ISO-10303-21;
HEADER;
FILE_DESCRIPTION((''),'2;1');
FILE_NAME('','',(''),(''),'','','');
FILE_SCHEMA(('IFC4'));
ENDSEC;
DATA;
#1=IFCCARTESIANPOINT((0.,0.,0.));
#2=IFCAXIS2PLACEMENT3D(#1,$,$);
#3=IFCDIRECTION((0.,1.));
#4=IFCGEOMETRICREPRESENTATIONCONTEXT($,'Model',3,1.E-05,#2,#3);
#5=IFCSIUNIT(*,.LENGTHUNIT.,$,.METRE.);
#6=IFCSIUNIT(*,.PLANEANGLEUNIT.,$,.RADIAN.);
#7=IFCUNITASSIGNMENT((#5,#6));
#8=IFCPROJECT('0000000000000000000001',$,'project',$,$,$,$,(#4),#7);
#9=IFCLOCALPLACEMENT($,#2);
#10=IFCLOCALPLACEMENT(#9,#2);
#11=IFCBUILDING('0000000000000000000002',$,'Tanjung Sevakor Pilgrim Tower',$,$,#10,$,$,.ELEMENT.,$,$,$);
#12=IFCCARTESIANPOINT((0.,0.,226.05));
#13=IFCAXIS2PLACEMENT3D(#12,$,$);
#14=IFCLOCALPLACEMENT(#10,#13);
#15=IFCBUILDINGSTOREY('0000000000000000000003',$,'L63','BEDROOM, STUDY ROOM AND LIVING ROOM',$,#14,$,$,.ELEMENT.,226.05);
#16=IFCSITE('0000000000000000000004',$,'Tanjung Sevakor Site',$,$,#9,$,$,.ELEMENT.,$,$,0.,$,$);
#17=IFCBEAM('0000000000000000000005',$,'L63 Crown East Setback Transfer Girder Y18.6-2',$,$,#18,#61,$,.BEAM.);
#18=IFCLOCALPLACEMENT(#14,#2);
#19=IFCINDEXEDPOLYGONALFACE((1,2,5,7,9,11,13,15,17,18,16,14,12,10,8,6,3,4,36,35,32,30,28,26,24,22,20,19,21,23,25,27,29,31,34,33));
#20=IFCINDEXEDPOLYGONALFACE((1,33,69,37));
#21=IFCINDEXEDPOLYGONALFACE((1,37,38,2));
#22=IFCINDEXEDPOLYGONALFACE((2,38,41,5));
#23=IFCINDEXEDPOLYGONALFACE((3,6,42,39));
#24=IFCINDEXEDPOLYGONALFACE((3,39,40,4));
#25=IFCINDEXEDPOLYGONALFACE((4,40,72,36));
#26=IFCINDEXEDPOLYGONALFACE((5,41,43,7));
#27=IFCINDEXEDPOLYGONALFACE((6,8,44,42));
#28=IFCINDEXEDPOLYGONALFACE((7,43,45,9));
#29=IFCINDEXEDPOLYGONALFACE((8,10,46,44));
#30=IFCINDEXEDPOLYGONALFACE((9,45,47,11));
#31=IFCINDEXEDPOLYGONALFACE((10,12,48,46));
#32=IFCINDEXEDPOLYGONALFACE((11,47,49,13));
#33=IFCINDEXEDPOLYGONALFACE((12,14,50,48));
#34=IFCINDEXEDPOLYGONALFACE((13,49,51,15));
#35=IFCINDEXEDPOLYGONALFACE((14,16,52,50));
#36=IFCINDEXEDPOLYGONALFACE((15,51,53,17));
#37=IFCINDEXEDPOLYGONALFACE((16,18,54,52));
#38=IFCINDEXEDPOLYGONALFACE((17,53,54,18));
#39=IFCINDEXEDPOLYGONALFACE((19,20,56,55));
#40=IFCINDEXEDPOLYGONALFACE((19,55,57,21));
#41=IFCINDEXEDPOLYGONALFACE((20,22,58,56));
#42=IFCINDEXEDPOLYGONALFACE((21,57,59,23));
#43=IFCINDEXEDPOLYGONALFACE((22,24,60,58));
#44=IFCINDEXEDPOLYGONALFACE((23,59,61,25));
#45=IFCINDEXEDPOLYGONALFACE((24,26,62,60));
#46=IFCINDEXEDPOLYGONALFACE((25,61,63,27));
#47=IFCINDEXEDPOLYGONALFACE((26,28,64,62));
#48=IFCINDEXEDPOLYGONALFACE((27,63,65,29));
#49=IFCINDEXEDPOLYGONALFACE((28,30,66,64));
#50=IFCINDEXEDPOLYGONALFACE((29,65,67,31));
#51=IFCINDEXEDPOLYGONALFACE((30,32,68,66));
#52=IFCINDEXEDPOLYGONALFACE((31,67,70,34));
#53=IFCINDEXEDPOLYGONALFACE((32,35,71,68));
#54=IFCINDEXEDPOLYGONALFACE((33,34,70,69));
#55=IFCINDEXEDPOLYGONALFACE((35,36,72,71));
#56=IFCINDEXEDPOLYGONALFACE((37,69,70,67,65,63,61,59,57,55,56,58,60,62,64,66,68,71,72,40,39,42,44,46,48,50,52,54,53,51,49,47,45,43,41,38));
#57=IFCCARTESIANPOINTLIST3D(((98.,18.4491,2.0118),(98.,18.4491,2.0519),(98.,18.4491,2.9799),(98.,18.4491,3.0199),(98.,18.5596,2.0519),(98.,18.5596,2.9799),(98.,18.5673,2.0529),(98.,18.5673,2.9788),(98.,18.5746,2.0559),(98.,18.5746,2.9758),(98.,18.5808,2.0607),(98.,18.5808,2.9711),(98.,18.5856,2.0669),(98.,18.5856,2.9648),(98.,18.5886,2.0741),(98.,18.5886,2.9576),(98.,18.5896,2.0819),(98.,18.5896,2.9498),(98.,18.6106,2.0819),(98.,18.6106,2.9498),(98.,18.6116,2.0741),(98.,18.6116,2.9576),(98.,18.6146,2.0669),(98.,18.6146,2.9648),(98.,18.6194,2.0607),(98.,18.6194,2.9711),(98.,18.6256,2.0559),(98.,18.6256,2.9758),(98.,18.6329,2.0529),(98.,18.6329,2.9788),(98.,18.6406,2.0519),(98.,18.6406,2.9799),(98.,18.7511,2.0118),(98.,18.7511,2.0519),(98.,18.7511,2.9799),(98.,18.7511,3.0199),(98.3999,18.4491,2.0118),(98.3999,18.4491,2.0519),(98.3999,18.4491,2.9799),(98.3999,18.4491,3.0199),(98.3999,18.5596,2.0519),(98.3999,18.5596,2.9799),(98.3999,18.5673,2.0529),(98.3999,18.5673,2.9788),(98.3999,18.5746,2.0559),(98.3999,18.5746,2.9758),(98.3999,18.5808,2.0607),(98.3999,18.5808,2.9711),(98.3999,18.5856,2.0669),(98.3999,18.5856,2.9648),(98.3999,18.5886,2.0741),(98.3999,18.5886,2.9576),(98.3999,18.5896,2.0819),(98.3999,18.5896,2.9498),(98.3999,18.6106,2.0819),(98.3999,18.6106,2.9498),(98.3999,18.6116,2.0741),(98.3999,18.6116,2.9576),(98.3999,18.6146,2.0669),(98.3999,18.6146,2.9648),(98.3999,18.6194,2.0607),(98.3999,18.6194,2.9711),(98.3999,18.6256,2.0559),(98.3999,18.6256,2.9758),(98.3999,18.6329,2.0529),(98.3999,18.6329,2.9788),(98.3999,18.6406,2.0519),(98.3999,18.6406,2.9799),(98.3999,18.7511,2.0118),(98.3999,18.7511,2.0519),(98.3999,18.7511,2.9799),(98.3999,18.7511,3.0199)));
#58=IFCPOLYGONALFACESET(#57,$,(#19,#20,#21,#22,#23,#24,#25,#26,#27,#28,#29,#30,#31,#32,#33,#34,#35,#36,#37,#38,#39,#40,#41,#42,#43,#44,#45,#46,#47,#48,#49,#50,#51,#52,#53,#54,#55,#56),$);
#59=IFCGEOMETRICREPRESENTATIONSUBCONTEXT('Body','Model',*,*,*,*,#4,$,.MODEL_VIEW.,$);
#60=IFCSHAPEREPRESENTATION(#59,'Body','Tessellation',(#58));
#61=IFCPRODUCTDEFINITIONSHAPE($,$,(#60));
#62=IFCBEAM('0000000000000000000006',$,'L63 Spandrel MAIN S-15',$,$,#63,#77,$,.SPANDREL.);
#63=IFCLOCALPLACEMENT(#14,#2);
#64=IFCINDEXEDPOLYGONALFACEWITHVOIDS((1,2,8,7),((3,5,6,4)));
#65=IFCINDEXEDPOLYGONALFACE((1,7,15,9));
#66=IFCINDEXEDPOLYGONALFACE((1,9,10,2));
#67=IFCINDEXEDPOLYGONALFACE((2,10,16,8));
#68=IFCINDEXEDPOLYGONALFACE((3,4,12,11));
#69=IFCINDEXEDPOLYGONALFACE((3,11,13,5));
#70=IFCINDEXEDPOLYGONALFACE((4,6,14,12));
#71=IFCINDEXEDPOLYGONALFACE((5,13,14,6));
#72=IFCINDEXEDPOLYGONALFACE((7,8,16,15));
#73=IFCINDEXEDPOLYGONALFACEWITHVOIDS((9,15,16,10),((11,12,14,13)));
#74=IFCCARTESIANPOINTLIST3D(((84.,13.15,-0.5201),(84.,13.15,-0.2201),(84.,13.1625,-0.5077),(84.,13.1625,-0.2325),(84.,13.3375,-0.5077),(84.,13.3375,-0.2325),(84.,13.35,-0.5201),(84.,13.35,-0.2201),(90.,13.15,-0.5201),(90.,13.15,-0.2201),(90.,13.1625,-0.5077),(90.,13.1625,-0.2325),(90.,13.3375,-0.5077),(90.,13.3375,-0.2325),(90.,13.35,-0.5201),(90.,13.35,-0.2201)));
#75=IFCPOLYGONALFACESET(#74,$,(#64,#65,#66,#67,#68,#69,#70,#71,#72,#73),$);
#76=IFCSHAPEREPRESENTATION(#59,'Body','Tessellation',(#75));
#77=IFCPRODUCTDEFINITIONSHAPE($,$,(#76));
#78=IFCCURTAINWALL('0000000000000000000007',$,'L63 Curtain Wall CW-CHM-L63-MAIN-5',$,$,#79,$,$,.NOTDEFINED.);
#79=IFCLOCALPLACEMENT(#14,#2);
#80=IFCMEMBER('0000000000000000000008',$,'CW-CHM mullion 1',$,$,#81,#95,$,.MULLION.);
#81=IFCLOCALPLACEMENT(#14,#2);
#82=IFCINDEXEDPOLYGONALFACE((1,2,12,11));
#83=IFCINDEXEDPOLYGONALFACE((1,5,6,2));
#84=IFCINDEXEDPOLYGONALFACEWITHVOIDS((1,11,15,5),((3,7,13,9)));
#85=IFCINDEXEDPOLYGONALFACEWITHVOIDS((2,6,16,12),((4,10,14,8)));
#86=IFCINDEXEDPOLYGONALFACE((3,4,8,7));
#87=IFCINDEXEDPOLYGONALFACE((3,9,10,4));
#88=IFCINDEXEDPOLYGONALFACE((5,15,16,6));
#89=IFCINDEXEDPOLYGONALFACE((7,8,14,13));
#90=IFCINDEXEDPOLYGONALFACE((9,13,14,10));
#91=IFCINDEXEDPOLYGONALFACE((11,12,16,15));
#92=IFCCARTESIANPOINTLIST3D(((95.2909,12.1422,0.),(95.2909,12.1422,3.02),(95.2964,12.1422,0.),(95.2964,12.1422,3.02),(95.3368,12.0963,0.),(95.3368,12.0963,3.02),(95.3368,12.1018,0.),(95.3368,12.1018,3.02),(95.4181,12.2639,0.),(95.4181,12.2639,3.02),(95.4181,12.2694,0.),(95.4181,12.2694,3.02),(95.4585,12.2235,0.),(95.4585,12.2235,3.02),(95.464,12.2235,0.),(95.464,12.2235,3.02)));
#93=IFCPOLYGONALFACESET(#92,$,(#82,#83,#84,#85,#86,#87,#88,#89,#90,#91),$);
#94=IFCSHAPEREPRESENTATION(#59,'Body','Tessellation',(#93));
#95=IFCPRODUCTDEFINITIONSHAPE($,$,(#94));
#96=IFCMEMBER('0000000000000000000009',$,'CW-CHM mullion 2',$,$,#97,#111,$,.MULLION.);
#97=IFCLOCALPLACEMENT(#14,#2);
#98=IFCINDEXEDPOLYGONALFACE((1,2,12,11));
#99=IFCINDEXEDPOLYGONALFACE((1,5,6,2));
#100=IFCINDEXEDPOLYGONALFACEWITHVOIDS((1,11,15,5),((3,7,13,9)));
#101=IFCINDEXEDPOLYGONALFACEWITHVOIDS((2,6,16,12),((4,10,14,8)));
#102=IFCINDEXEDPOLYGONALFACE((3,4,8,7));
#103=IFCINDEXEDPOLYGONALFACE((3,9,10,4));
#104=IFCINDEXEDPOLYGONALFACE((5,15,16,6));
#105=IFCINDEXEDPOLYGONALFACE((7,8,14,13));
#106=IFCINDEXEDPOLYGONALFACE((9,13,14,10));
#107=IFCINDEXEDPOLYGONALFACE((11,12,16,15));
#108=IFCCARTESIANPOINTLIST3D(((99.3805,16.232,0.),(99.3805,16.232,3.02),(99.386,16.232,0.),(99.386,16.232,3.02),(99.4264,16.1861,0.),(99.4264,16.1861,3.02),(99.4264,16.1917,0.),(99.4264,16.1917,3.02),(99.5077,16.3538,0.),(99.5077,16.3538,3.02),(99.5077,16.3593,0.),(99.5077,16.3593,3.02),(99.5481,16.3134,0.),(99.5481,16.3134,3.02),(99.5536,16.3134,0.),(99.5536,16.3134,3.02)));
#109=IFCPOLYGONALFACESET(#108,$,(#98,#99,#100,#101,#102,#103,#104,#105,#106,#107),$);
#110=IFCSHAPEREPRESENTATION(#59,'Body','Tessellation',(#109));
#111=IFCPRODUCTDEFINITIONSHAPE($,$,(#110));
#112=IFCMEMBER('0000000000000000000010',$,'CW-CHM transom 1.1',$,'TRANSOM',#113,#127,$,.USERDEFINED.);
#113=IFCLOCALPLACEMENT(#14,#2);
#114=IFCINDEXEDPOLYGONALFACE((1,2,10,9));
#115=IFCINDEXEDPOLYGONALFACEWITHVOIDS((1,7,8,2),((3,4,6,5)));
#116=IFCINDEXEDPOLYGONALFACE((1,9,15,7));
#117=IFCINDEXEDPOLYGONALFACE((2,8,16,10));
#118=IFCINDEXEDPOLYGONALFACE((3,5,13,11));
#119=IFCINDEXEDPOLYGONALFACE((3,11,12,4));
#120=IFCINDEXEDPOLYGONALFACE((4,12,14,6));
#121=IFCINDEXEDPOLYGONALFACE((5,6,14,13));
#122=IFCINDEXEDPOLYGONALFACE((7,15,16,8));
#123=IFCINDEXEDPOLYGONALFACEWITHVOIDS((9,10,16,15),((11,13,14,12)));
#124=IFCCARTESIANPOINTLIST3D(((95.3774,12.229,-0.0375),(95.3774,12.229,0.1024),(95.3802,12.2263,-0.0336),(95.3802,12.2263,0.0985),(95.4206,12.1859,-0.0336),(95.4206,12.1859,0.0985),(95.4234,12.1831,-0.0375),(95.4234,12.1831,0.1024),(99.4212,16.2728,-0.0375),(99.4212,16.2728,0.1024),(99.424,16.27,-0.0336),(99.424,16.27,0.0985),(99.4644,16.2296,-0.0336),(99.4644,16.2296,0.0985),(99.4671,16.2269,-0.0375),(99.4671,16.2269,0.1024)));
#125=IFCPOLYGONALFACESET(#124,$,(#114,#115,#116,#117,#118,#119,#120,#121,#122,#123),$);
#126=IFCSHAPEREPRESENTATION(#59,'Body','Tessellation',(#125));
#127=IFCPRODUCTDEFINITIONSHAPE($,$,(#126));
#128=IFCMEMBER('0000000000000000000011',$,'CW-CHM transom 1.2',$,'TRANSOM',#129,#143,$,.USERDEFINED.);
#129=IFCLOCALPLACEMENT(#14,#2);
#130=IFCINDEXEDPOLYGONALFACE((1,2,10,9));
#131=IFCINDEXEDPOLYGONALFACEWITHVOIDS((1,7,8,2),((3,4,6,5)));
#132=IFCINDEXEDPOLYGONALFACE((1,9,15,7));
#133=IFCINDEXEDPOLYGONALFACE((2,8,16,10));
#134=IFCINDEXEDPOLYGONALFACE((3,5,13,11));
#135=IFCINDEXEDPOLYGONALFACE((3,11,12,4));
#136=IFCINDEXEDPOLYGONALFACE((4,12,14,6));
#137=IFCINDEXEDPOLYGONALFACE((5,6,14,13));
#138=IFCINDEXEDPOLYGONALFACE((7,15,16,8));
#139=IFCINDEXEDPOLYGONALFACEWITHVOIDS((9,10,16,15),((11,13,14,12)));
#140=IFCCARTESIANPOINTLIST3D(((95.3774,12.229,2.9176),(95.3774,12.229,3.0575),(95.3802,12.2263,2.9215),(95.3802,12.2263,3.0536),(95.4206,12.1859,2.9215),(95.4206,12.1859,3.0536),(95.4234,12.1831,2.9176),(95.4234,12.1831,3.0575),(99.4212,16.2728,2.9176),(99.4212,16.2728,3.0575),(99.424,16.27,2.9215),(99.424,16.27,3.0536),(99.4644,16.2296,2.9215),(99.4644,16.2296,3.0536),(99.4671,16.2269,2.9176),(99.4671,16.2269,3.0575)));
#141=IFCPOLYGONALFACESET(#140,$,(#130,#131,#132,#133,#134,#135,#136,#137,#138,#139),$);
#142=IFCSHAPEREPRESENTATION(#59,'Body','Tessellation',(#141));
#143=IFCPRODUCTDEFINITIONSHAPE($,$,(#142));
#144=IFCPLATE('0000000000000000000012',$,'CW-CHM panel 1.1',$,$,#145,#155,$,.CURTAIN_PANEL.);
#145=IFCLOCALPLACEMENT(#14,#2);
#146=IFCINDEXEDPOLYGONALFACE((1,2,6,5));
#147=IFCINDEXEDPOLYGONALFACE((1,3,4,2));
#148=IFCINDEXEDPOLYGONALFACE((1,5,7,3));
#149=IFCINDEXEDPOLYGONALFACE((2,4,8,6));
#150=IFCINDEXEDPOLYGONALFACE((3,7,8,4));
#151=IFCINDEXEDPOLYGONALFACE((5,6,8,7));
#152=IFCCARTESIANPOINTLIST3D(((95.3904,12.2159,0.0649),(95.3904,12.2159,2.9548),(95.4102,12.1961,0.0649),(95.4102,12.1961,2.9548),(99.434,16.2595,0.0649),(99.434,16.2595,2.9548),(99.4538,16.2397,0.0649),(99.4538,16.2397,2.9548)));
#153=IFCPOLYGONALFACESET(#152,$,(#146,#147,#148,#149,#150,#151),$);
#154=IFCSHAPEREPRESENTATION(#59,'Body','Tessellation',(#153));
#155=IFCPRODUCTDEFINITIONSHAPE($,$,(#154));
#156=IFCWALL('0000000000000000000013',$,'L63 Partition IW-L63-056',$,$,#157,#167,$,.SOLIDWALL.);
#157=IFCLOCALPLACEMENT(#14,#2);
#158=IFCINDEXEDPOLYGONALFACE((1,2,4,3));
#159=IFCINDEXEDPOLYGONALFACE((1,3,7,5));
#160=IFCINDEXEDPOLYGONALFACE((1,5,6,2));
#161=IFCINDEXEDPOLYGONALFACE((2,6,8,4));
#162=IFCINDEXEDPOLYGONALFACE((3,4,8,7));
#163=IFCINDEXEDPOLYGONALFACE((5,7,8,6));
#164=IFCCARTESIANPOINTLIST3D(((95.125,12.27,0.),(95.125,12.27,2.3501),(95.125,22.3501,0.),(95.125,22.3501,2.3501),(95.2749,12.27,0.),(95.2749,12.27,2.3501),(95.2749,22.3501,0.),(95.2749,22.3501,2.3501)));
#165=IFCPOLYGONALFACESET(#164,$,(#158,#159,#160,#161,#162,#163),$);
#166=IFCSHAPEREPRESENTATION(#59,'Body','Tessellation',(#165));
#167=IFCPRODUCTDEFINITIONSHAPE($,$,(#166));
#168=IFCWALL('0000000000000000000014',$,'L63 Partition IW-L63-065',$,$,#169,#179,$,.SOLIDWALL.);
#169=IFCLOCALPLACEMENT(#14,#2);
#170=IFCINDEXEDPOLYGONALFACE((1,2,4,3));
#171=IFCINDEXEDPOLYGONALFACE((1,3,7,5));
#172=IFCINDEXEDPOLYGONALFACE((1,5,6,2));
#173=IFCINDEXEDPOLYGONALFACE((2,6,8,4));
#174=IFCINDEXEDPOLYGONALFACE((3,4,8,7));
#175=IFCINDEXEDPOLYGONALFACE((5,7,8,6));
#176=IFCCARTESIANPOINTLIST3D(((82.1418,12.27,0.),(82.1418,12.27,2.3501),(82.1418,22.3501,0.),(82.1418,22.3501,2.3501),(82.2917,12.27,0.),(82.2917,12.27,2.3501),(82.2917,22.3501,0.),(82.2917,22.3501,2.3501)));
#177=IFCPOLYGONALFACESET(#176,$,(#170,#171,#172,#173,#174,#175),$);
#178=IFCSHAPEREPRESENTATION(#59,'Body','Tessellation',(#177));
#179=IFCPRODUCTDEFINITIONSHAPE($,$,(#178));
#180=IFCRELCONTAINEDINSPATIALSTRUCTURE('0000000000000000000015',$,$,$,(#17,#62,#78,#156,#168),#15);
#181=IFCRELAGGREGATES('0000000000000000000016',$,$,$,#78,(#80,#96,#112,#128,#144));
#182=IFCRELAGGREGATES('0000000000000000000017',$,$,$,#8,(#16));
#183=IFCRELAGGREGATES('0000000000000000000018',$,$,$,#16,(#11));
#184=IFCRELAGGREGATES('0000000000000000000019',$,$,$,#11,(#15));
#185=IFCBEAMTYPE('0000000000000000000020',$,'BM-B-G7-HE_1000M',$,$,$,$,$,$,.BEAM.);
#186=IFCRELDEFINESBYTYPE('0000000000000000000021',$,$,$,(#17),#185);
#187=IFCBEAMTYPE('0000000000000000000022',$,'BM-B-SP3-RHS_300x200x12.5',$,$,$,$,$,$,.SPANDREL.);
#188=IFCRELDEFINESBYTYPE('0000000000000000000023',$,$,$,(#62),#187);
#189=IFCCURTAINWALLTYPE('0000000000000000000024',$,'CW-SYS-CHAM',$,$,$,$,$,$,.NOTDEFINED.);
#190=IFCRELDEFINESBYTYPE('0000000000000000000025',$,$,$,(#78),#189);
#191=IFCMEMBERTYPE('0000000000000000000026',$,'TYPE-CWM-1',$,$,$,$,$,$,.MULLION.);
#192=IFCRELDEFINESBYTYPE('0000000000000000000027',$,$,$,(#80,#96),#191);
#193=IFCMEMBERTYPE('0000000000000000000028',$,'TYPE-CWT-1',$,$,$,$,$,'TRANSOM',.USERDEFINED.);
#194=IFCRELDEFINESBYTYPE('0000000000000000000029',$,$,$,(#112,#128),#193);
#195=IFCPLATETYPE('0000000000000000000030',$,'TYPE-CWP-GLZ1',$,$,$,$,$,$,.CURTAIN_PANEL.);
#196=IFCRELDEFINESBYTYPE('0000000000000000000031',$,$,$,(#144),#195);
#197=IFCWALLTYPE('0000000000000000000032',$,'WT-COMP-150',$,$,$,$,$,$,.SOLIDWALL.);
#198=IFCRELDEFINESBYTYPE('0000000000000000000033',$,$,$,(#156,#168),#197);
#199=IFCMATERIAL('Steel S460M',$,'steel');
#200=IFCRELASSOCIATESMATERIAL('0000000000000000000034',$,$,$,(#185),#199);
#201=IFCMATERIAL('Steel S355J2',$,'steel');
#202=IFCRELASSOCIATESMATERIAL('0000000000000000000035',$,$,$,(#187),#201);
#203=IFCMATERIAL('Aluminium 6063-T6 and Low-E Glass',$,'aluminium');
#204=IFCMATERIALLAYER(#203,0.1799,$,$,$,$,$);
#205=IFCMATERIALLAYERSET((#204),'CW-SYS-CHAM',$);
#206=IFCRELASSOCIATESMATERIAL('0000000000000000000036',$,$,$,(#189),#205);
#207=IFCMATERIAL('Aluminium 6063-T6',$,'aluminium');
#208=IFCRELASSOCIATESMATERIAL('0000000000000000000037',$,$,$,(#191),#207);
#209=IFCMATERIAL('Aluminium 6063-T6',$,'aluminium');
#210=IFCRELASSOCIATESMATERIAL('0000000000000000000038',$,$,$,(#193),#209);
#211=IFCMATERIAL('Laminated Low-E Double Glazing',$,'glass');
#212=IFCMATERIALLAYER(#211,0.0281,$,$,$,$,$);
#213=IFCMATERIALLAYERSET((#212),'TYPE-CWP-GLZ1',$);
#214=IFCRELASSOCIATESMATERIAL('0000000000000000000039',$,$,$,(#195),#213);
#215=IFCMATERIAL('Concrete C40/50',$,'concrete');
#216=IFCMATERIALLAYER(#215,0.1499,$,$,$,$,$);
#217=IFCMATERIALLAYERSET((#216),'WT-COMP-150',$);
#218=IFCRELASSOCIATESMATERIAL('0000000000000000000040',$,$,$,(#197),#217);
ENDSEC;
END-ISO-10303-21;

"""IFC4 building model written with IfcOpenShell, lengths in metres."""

from ifc_helpers import new_model, si_unit, direction, frame, frame_2d, origin, origin_2d, place, context, subcontext, project, spatial, rectangle, hollow_rectangle, i_section, extrude, material, layer, layer_set, material_profile, profile_set, type_object, element, aggregate, save


model = new_model("IFC4")

# Units and contexts
model_context = context("Model", 3, precision=1e-05, world=origin(), true_north=direction((0.0, 1.0)))
body_context = subcontext(model_context, "Body", "Model", "MODEL_VIEW")
ifc_project = project(units=[si_unit("LENGTHUNIT", "METRE"), si_unit("PLANEANGLEUNIT", "RADIAN")], contexts=[model_context])

# Site, building, storey
site_placement = place(None, origin())
site = spatial("IfcSite", under=ifc_project, at=site_placement, Name="Tanjung Sevakor Site", CompositionType="ELEMENT", RefElevation=0.0)
building_placement = place(site_placement, origin())
building = spatial("IfcBuilding", under=site, at=building_placement, Name="Tanjung Sevakor Pilgrim Tower", CompositionType="ELEMENT")
storey_placement = place(building_placement, frame((0.0, 0.0, 226.05)))
storey = spatial("IfcBuildingStorey", under=building, at=storey_placement, Name="L63", Description="BEDROOM, STUDY ROOM AND LIVING ROOM", CompositionType="ELEMENT", Elevation=226.05)

# Beams
ifc_material_1 = material(Name="Steel S460M", Category="steel")
ifc_material_profile_1 = material_profile(ifc_material_1, i_section(OverallWidth=0.302, OverallDepth=1.0081, WebThickness=0.021, FlangeThickness=0.04, FilletRadius=0.03, at=origin_2d()))
ifc_profile_set_1 = profile_set([ifc_material_profile_1], Name="Steel S460M")
beam_type_1 = type_object("IfcBeamType", Name="BM-B-G7-HE_1000M", PredefinedType="BEAM", material=ifc_profile_set_1)
beam_1_placement = place(storey_placement, frame((98.0, 18.6001, 2.5159), z_axis=(1.0, 0.0, 0.0), x_axis=(0.0, 1.0, 0.0)))
element("IfcBeam", 1, at=beam_1_placement, inside=storey, type_object=beam_type_1, Name="L63 Crown East Setback Transfer Girder Y18.6-2", PredefinedType="BEAM", context=body_context, shape_type="SweptSolid", body=[
    extrude(i_section(OverallWidth=0.302, OverallDepth=1.0081, WebThickness=0.021, FlangeThickness=0.04, FilletRadius=0.03, at=origin_2d()), origin(), (0.0, 0.0, 1.0), 0.3999),
])
ifc_material_2 = material(Name="Steel S355J2", Category="steel")
ifc_material_profile_2 = material_profile(ifc_material_2, hollow_rectangle(XDim=0.2, YDim=0.3, WallThickness=0.0125, at=origin_2d()))
ifc_profile_set_2 = profile_set([ifc_material_profile_2], Name="Steel S355J2")
beam_type_2 = type_object("IfcBeamType", Name="BM-B-SP3-RHS_300x200x12.5", PredefinedType="SPANDREL", material=ifc_profile_set_2)
beam_2_placement = place(storey_placement, frame((84.0, 13.25, -0.3701), z_axis=(1.0, 0.0, 0.0), x_axis=(0.0, 1.0, 0.0)))
element("IfcBeam", 2, at=beam_2_placement, inside=storey, type_object=beam_type_2, Name="L63 Spandrel MAIN S-15", PredefinedType="SPANDREL", context=body_context, shape_type="SweptSolid", body=[
    extrude(hollow_rectangle(XDim=0.2, YDim=0.3, WallThickness=0.0125, at=origin_2d()), origin(), (0.0, 0.0, 1.0), 6.0),
])

# Curtain wall, members, plate
ifc_material_3 = material(Name="Aluminium 6063-T6 and Low-E Glass", Category="aluminium")
ifc_layer_1 = layer(ifc_material_3, 0.1799)
ifc_layer_set_1 = layer_set([ifc_layer_1], Name="CW-SYS-CHAM")
curtain_wall_type = type_object("IfcCurtainWallType", Name="CW-SYS-CHAM", PredefinedType="NOTDEFINED", material=ifc_layer_set_1)
curtain_wall_placement = place(storey_placement, origin())
curtain_wall = element("IfcCurtainWall", 3, at=curtain_wall_placement, inside=storey, type_object=curtain_wall_type, Name="L63 Curtain Wall CW-CHM-L63-MAIN-5", PredefinedType="NOTDEFINED")
ifc_material_4 = material(Name="Aluminium 6063-T6", Category="aluminium")
ifc_material_profile_3 = material_profile(ifc_material_4, hollow_rectangle(XDim=0.0649, YDim=0.1799, WallThickness=0.0039, at=origin_2d()))
ifc_profile_set_3 = profile_set([ifc_material_profile_3], Name="Aluminium 6063-T6")
member_type_1 = type_object("IfcMemberType", Name="TYPE-CWM-1", PredefinedType="MULLION", material=ifc_profile_set_3)
member_1_placement = place(storey_placement, frame((95.3774, 12.1829, 0.0), z_axis=(0.0, 0.0, 1.0), x_axis=(-0.707107, 0.707107, 0.0)))
member_1 = element("IfcMember", 4, at=member_1_placement, type_object=member_type_1, Name="CW-CHM mullion 1", PredefinedType="MULLION", context=body_context, shape_type="SweptSolid", body=[
    extrude(hollow_rectangle(XDim=0.0649, YDim=0.1799, WallThickness=0.0039, at=origin_2d()), origin(), (0.0, 0.0, 1.0), 3.02),
])
member_2_placement = place(storey_placement, frame((99.467, 16.2727, 0.0), z_axis=(0.0, 0.0, 1.0), x_axis=(-0.707107, 0.707107, 0.0)))
member_2 = element("IfcMember", 5, at=member_2_placement, type_object=member_type_1, Name="CW-CHM mullion 2", PredefinedType="MULLION", context=body_context, shape_type="SweptSolid", body=[
    extrude(hollow_rectangle(XDim=0.0649, YDim=0.1799, WallThickness=0.0039, at=origin_2d()), origin(), (0.0, 0.0, 1.0), 3.02),
])
ifc_material_5 = material(Name="Aluminium 6063-T6", Category="aluminium")
ifc_material_profile_4 = material_profile(ifc_material_5, hollow_rectangle(XDim=0.0649, YDim=0.1399, WallThickness=0.0039, at=origin_2d()))
ifc_profile_set_4 = profile_set([ifc_material_profile_4], Name="Aluminium 6063-T6")
member_type_2 = type_object("IfcMemberType", Name="TYPE-CWT-1", ElementType="TRANSOM", PredefinedType="USERDEFINED", material=ifc_profile_set_4)
member_3_placement = place(storey_placement, frame((95.4004, 12.2061, 0.0325), z_axis=(0.707107, 0.707107, 0.0), x_axis=(-0.707107, 0.707107, 0.0)))
member_3 = element("IfcMember", 6, at=member_3_placement, type_object=member_type_2, Name="CW-CHM transom 1.1", ObjectType="TRANSOM", PredefinedType="USERDEFINED", context=body_context, shape_type="SweptSolid", body=[
    extrude(hollow_rectangle(XDim=0.0649, YDim=0.1399, WallThickness=0.0039, at=origin_2d()), origin(), (0.0, 0.0, 1.0), 5.7188),
])
member_4_placement = place(storey_placement, frame((95.4004, 12.2061, 2.9875), z_axis=(0.707107, 0.707107, 0.0), x_axis=(-0.707107, 0.707107, 0.0)))
member_4 = element("IfcMember", 7, at=member_4_placement, type_object=member_type_2, Name="CW-CHM transom 1.2", ObjectType="TRANSOM", PredefinedType="USERDEFINED", context=body_context, shape_type="SweptSolid", body=[
    extrude(hollow_rectangle(XDim=0.0649, YDim=0.1399, WallThickness=0.0039, at=origin_2d()), origin(), (0.0, 0.0, 1.0), 5.7188),
])
ifc_material_6 = material(Name="Laminated Low-E Double Glazing", Category="glass")
ifc_layer_2 = layer(ifc_material_6, 0.0281)
ifc_layer_set_2 = layer_set([ifc_layer_2], Name="TYPE-CWP-GLZ1")
plate_type = type_object("IfcPlateType", Name="TYPE-CWP-GLZ1", PredefinedType="CURTAIN_PANEL", material=ifc_layer_set_2)
plate_placement = place(storey_placement, frame((97.4221, 14.2278, 0.0649), z_axis=(0.0, 0.0, 1.0), x_axis=(0.707107, 0.707107, 0.0)))
plate = element("IfcPlate", 8, at=plate_placement, type_object=plate_type, Name="CW-CHM panel 1.1", PredefinedType="CURTAIN_PANEL", context=body_context, shape_type="SweptSolid", body=[
    extrude(rectangle(XDim=5.7185, YDim=0.0281, at=origin_2d()), origin(), (0.0, 0.0, 1.0), 2.8899),
])
aggregate(curtain_wall, [member_1, member_2, member_3, member_4, plate])

# Walls
ifc_material_7 = material(Name="Concrete C40/50", Category="concrete")
ifc_layer_3 = layer(ifc_material_7, 0.1499)
ifc_layer_set_3 = layer_set([ifc_layer_3], Name="WT-COMP-150")
wall_type_1 = type_object("IfcWallType", Name="WT-COMP-150", PredefinedType="SOLIDWALL", material=ifc_layer_set_3)
for number, where, z_axis, x_axis, name in (
    (9, (95.2, 12.27, 0.0), (0.0, 0.0, 1.0), (0.0, 1.0, 0.0), "L63 Partition IW-L63-056"),
    (10, (82.2168, 12.27, 0.0), (0.0, 0.0, 1.0), (0.0, 1.0, 0.0), "L63 Partition IW-L63-065"),
):
    element("IfcWall", number, at=place(storey_placement, frame(where, z_axis=z_axis, x_axis=x_axis)), inside=storey, type_object=wall_type_1, Name=name, PredefinedType="SOLIDWALL", context=body_context, shape_type="SweptSolid", body=[
        extrude(rectangle(XDim=10.0801, YDim=0.1499, at=frame_2d((5.04, 0.0))), origin(), (0.0, 0.0, 1.0), 2.3501),
    ])

save(model, "model.ifc")
